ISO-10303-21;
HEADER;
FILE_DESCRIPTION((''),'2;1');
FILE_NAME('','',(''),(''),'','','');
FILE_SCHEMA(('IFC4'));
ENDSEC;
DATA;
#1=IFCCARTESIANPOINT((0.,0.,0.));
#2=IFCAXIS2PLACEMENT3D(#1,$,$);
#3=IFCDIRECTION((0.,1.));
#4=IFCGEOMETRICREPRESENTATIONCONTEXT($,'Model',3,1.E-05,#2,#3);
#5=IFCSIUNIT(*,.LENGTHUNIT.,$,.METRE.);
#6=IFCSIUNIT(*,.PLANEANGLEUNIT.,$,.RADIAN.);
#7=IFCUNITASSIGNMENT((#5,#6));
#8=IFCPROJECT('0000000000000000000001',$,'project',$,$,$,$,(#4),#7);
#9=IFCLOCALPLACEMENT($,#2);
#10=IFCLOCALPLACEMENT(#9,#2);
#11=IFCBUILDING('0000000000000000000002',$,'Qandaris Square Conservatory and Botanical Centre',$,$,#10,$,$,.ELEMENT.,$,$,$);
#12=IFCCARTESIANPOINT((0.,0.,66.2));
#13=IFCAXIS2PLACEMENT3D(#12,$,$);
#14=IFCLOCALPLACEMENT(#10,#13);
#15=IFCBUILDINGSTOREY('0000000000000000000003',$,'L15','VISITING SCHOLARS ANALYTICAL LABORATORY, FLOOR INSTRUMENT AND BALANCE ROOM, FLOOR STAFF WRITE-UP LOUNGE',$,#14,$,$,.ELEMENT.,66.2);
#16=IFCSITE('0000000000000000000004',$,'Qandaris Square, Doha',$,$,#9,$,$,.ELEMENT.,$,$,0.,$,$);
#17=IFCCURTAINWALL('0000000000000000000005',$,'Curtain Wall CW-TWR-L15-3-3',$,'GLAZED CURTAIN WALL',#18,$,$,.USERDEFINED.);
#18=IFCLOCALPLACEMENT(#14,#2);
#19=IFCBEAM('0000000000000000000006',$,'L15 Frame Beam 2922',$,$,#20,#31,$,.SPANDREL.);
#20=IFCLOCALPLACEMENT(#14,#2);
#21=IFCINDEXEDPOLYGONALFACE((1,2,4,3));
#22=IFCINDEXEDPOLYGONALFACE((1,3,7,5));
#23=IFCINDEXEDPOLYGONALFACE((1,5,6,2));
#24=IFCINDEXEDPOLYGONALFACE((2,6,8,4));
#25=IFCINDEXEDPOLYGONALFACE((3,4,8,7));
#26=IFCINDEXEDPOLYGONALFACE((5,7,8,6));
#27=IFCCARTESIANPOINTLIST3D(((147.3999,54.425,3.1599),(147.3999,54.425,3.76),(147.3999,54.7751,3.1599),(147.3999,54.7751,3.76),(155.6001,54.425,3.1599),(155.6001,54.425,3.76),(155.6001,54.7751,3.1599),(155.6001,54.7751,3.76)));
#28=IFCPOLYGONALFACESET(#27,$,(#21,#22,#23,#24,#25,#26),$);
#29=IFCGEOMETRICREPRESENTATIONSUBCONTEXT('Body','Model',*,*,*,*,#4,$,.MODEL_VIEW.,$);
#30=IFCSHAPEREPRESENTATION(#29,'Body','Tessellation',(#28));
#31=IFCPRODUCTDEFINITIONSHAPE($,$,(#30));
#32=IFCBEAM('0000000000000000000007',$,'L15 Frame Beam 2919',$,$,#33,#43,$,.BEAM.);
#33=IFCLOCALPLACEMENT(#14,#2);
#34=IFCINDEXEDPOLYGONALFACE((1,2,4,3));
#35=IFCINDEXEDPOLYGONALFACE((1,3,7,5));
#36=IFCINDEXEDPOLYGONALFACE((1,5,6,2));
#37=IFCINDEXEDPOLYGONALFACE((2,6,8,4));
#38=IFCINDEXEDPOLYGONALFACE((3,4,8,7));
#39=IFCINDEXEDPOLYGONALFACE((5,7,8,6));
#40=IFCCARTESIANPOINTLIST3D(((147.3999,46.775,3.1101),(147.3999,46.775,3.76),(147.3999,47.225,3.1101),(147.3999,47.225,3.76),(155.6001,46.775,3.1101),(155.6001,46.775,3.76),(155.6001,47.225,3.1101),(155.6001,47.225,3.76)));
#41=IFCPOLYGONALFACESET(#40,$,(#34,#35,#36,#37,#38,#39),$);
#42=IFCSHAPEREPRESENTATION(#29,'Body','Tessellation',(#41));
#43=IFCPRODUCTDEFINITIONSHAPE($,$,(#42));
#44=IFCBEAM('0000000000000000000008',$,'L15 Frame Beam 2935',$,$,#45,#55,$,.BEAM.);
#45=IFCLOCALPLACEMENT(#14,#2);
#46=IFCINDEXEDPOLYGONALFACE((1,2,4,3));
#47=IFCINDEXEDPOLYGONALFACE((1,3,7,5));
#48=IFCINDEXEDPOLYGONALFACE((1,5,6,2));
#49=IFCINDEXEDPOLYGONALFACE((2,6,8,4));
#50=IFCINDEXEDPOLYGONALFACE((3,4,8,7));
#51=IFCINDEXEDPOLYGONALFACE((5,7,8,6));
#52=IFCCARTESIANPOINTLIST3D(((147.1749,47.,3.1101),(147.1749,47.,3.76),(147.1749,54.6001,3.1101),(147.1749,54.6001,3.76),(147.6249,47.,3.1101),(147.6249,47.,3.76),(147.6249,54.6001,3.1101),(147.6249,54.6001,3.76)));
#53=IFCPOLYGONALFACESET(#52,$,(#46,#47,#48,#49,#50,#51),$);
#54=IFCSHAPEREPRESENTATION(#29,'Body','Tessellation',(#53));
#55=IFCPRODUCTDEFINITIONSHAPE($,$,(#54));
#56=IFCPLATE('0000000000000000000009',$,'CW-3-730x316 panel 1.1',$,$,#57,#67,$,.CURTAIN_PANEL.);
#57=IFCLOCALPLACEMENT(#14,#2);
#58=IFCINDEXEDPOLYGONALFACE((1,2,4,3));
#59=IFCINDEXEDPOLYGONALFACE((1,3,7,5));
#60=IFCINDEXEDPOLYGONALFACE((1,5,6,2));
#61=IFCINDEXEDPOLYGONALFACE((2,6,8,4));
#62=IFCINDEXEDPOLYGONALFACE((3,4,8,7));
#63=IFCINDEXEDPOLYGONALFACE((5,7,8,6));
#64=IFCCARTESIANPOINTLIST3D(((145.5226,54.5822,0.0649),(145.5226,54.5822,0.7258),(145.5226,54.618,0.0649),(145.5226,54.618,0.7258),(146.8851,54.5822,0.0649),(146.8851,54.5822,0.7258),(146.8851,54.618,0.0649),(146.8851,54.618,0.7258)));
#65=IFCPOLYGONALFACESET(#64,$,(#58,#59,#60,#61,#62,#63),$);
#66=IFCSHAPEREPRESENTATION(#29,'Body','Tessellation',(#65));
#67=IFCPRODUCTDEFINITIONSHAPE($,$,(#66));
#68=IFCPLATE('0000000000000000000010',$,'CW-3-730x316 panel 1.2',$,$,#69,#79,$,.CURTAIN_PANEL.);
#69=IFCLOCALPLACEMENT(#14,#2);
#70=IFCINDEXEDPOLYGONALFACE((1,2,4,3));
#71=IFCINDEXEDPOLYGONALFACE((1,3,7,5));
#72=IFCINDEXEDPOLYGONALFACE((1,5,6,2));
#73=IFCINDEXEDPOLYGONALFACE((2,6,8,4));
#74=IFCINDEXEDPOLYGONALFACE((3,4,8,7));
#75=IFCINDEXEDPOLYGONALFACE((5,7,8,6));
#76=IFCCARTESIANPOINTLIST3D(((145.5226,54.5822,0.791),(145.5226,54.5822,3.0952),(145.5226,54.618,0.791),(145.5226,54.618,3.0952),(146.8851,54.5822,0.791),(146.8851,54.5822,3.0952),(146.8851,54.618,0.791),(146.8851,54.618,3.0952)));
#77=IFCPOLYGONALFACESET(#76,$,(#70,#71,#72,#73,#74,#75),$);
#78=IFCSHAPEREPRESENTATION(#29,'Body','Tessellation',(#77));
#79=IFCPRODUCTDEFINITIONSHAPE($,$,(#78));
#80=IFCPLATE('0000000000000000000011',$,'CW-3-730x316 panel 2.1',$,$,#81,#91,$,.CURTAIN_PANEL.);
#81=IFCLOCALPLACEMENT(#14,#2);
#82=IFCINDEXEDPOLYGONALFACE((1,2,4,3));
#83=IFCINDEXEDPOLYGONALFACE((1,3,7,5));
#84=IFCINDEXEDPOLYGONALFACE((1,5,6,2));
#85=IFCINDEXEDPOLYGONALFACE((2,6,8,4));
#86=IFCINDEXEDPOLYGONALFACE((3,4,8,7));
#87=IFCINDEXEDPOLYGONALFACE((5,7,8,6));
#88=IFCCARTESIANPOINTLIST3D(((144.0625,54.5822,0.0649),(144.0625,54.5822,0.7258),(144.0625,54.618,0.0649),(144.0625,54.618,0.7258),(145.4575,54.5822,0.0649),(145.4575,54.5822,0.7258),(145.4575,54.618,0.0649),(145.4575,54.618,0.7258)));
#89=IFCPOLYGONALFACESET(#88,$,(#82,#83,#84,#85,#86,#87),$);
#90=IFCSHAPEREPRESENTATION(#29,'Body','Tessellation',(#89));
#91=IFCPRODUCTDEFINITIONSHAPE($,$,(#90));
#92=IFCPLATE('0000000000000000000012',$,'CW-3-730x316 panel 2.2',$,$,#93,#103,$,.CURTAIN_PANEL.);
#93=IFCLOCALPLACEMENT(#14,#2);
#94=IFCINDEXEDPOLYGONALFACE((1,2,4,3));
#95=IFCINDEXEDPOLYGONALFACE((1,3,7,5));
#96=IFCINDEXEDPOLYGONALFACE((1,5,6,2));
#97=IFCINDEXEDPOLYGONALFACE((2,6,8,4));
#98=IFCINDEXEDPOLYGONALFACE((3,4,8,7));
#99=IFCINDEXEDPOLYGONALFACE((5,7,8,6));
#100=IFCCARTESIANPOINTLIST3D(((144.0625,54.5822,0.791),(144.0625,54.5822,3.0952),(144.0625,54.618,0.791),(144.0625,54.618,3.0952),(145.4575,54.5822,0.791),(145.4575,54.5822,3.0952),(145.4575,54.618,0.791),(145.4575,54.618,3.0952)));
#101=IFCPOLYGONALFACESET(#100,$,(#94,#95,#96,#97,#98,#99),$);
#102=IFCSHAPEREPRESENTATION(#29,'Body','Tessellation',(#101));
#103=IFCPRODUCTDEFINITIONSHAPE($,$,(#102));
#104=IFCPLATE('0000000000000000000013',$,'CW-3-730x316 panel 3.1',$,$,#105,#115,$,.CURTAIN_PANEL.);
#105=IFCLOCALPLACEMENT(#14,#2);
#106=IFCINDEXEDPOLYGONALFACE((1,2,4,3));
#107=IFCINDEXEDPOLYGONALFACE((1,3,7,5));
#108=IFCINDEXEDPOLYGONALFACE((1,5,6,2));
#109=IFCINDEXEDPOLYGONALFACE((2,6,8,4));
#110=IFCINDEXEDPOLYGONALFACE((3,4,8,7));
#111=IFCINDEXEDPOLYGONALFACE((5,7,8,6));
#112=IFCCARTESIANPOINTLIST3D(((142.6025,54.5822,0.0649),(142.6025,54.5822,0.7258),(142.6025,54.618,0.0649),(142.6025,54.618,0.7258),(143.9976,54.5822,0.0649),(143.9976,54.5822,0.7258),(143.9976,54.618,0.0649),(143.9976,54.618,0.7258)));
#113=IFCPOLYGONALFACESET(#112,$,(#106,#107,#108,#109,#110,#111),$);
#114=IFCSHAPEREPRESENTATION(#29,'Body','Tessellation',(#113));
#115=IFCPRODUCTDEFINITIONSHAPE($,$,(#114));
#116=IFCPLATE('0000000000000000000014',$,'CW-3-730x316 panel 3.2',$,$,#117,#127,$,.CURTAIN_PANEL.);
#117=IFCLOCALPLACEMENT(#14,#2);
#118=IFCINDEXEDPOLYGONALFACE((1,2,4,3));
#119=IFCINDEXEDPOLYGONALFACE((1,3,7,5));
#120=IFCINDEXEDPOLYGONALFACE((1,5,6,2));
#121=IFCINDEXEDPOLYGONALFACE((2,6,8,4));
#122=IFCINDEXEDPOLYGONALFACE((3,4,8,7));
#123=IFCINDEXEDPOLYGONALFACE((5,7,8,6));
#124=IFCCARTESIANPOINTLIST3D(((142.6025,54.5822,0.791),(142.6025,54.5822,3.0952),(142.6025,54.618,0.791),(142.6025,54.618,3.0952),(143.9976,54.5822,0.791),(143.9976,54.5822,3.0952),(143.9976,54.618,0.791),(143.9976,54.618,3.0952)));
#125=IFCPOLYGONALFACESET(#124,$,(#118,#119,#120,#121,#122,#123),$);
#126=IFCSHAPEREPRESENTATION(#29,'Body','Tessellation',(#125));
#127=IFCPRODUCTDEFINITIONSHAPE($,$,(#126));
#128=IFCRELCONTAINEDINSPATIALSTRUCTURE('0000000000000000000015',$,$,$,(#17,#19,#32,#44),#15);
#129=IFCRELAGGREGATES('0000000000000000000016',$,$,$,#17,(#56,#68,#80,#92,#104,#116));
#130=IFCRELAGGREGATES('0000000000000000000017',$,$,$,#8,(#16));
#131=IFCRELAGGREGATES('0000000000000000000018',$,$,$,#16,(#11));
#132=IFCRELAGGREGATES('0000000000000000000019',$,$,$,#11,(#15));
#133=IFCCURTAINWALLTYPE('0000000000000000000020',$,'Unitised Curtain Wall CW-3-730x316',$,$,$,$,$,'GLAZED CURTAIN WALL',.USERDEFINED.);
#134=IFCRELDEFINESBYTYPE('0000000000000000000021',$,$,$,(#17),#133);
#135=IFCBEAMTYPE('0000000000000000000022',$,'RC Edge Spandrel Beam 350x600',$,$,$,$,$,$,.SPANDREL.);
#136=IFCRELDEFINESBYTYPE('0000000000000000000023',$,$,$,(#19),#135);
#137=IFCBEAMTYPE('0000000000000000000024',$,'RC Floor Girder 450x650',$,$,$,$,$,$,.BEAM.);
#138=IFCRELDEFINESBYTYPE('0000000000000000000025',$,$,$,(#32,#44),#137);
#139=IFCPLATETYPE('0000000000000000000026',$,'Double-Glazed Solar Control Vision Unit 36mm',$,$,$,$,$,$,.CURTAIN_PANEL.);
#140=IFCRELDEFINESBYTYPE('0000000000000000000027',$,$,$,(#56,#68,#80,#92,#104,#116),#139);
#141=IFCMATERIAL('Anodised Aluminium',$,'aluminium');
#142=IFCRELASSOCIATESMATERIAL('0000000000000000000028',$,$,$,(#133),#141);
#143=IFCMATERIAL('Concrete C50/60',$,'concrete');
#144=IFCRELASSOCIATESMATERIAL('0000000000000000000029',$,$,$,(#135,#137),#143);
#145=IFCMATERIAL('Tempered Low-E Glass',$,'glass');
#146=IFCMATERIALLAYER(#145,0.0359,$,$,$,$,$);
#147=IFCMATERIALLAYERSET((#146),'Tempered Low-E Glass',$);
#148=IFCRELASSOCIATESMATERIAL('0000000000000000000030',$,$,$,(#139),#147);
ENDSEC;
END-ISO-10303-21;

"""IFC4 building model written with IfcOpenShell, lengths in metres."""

from ifc_helpers import new_model, si_unit, direction, frame, origin, origin_2d, place, context, subcontext, project, spatial, rectangle, extrude, material, layer, layer_set, material_profile, profile_set, type_object, element, aggregate, save


model = new_model("IFC4")

# Units and contexts
model_context = context("Model", 3, precision=1e-05, world=origin(), true_north=direction((0.0, 1.0)))
body_context = subcontext(model_context, "Body", "Model", "MODEL_VIEW")
ifc_project = project(units=[si_unit("LENGTHUNIT", "METRE"), si_unit("PLANEANGLEUNIT", "RADIAN")], contexts=[model_context])

# Site, building, storey
site_placement = place(None, origin())
site = spatial("IfcSite", under=ifc_project, at=site_placement, Name="Qandaris Square, Doha", CompositionType="ELEMENT", RefElevation=0.0)
building_placement = place(site_placement, origin())
building = spatial("IfcBuilding", under=site, at=building_placement, Name="Qandaris Square Conservatory and Botanical Centre", CompositionType="ELEMENT")
storey_placement = place(building_placement, frame((0.0, 0.0, 66.2)))
storey = spatial("IfcBuildingStorey", under=building, at=storey_placement, Name="L15", Description="VISITING SCHOLARS ANALYTICAL LABORATORY, FLOOR INSTRUMENT AND BALANCE ROOM, FLOOR STAFF WRITE-UP LOUNGE", CompositionType="ELEMENT", Elevation=66.2)

# Shared definitions
ifc_material_1 = material(Name="Concrete C50/60", Category="concrete")

# Curtain wall
ifc_material_2 = material(Name="Anodised Aluminium", Category="aluminium")
curtain_wall_type = type_object("IfcCurtainWallType", Name="Unitised Curtain Wall CW-3-730x316", ElementType="GLAZED CURTAIN WALL", PredefinedType="USERDEFINED", material=ifc_material_2)
curtain_wall_placement = place(storey_placement, origin())
curtain_wall = element("IfcCurtainWall", 1, at=curtain_wall_placement, inside=storey, type_object=curtain_wall_type, Name="Curtain Wall CW-TWR-L15-3-3", ObjectType="GLAZED CURTAIN WALL", PredefinedType="USERDEFINED")

# Beams
ifc_material_profile_1 = material_profile(ifc_material_1, rectangle(XDim=0.3501, YDim=0.6001, at=origin_2d()), Name="RC-SP 350x600")
ifc_profile_set_1 = profile_set([ifc_material_profile_1], Name="Concrete C50/60")
beam_type_1 = type_object("IfcBeamType", Name="RC Edge Spandrel Beam 350x600", PredefinedType="SPANDREL", material=ifc_profile_set_1)
beam_1_placement = place(storey_placement, frame((147.3999, 54.6001, 3.46), z_axis=(1.0, 0.0, 0.0), x_axis=(0.0, 1.0, 0.0)))
element("IfcBeam", 2, at=beam_1_placement, inside=storey, type_object=beam_type_1, Name="L15 Frame Beam 2922", PredefinedType="SPANDREL", context=body_context, shape_type="SweptSolid", body=[
    extrude(rectangle(XDim=0.3501, YDim=0.6001, at=origin_2d()), origin(), (0.0, 0.0, 1.0), 8.2002),
])
ifc_material_profile_2 = material_profile(ifc_material_1, rectangle(XDim=0.45, YDim=0.6499, at=origin_2d()), Name="RC-BM 450x650")
ifc_profile_set_2 = profile_set([ifc_material_profile_2], Name="Concrete C50/60")
beam_type_2 = type_object("IfcBeamType", Name="RC Floor Girder 450x650", PredefinedType="BEAM", material=ifc_profile_set_2)
beam_2_placement = place(storey_placement, frame((147.3999, 47.0, 3.4351), z_axis=(1.0, 0.0, 0.0), x_axis=(0.0, 1.0, 0.0)))
element("IfcBeam", 3, at=beam_2_placement, inside=storey, type_object=beam_type_2, Name="L15 Frame Beam 2919", PredefinedType="BEAM", context=body_context, shape_type="SweptSolid", body=[
    extrude(rectangle(XDim=0.45, YDim=0.6499, at=origin_2d()), origin(), (0.0, 0.0, 1.0), 8.2002),
])
beam_3_placement = place(storey_placement, frame((147.3999, 47.0, 3.4351), z_axis=(0.0, 1.0, 0.0), x_axis=(-1.0, 0.0, 0.0)))
element("IfcBeam", 4, at=beam_3_placement, inside=storey, type_object=beam_type_2, Name="L15 Frame Beam 2935", PredefinedType="BEAM", context=body_context, shape_type="SweptSolid", body=[
    extrude(rectangle(XDim=0.45, YDim=0.6499, at=origin_2d()), origin(), (0.0, 0.0, 1.0), 7.6001),
])

# Plates
ifc_material_3 = material(Name="Tempered Low-E Glass", Category="glass")
ifc_layer = layer(ifc_material_3, 0.0359)
ifc_layer_set = layer_set([ifc_layer], Name="Tempered Low-E Glass")
plate_type = type_object("IfcPlateType", Name="Double-Glazed Solar Control Vision Unit 36mm", PredefinedType="CURTAIN_PANEL", material=ifc_layer_set)
plate_1_placement = place(storey_placement, frame((146.2039, 54.6001, 0.0649), z_axis=(0.0, 0.0, 1.0), x_axis=(-1.0, 0.0, 0.0)))
plate_1 = element("IfcPlate", 5, at=plate_1_placement, type_object=plate_type, Name="CW-3-730x316 panel 1.1", PredefinedType="CURTAIN_PANEL", context=body_context, shape_type="SweptSolid", body=[
    extrude(rectangle(XDim=1.3625, YDim=0.0359, at=origin_2d()), origin(), (0.0, 0.0, 1.0), 0.6609),
])
plate_2_placement = place(storey_placement, frame((146.2039, 54.6001, 0.791), z_axis=(0.0, 0.0, 1.0), x_axis=(-1.0, 0.0, 0.0)))
plate_2 = element("IfcPlate", 6, at=plate_2_placement, type_object=plate_type, Name="CW-3-730x316 panel 1.2", PredefinedType="CURTAIN_PANEL", context=body_context, shape_type="SweptSolid", body=[
    extrude(rectangle(XDim=1.3625, YDim=0.0359, at=origin_2d()), origin(), (0.0, 0.0, 1.0), 2.3042),
])
plate_3_placement = place(storey_placement, frame((144.76, 54.6001, 0.0649), z_axis=(0.0, 0.0, 1.0), x_axis=(-1.0, 0.0, 0.0)))
plate_3 = element("IfcPlate", 7, at=plate_3_placement, type_object=plate_type, Name="CW-3-730x316 panel 2.1", PredefinedType="CURTAIN_PANEL", context=body_context, shape_type="SweptSolid", body=[
    extrude(rectangle(XDim=1.395, YDim=0.0359, at=origin_2d()), origin(), (0.0, 0.0, 1.0), 0.6609),
])
plate_4_placement = place(storey_placement, frame((144.76, 54.6001, 0.791), z_axis=(0.0, 0.0, 1.0), x_axis=(-1.0, 0.0, 0.0)))
plate_4 = element("IfcPlate", 8, at=plate_4_placement, type_object=plate_type, Name="CW-3-730x316 panel 2.2", PredefinedType="CURTAIN_PANEL", context=body_context, shape_type="SweptSolid", body=[
    extrude(rectangle(XDim=1.395, YDim=0.0359, at=origin_2d()), origin(), (0.0, 0.0, 1.0), 2.3042),
])
plate_5_placement = place(storey_placement, frame((143.3, 54.6001, 0.0649), z_axis=(0.0, 0.0, 1.0), x_axis=(-1.0, 0.0, 0.0)))
plate_5 = element("IfcPlate", 9, at=plate_5_placement, type_object=plate_type, Name="CW-3-730x316 panel 3.1", PredefinedType="CURTAIN_PANEL", context=body_context, shape_type="SweptSolid", body=[
    extrude(rectangle(XDim=1.395, YDim=0.0359, at=origin_2d()), origin(), (0.0, 0.0, 1.0), 0.6609),
])
plate_6_placement = place(storey_placement, frame((143.3, 54.6001, 0.791), z_axis=(0.0, 0.0, 1.0), x_axis=(-1.0, 0.0, 0.0)))
plate_6 = element("IfcPlate", 10, at=plate_6_placement, type_object=plate_type, Name="CW-3-730x316 panel 3.2", PredefinedType="CURTAIN_PANEL", context=body_context, shape_type="SweptSolid", body=[
    extrude(rectangle(XDim=1.395, YDim=0.0359, at=origin_2d()), origin(), (0.0, 0.0, 1.0), 2.3042),
])
aggregate(curtain_wall, [plate_1, plate_2, plate_3, plate_4, plate_5, plate_6])

save(model, "model.ifc")
